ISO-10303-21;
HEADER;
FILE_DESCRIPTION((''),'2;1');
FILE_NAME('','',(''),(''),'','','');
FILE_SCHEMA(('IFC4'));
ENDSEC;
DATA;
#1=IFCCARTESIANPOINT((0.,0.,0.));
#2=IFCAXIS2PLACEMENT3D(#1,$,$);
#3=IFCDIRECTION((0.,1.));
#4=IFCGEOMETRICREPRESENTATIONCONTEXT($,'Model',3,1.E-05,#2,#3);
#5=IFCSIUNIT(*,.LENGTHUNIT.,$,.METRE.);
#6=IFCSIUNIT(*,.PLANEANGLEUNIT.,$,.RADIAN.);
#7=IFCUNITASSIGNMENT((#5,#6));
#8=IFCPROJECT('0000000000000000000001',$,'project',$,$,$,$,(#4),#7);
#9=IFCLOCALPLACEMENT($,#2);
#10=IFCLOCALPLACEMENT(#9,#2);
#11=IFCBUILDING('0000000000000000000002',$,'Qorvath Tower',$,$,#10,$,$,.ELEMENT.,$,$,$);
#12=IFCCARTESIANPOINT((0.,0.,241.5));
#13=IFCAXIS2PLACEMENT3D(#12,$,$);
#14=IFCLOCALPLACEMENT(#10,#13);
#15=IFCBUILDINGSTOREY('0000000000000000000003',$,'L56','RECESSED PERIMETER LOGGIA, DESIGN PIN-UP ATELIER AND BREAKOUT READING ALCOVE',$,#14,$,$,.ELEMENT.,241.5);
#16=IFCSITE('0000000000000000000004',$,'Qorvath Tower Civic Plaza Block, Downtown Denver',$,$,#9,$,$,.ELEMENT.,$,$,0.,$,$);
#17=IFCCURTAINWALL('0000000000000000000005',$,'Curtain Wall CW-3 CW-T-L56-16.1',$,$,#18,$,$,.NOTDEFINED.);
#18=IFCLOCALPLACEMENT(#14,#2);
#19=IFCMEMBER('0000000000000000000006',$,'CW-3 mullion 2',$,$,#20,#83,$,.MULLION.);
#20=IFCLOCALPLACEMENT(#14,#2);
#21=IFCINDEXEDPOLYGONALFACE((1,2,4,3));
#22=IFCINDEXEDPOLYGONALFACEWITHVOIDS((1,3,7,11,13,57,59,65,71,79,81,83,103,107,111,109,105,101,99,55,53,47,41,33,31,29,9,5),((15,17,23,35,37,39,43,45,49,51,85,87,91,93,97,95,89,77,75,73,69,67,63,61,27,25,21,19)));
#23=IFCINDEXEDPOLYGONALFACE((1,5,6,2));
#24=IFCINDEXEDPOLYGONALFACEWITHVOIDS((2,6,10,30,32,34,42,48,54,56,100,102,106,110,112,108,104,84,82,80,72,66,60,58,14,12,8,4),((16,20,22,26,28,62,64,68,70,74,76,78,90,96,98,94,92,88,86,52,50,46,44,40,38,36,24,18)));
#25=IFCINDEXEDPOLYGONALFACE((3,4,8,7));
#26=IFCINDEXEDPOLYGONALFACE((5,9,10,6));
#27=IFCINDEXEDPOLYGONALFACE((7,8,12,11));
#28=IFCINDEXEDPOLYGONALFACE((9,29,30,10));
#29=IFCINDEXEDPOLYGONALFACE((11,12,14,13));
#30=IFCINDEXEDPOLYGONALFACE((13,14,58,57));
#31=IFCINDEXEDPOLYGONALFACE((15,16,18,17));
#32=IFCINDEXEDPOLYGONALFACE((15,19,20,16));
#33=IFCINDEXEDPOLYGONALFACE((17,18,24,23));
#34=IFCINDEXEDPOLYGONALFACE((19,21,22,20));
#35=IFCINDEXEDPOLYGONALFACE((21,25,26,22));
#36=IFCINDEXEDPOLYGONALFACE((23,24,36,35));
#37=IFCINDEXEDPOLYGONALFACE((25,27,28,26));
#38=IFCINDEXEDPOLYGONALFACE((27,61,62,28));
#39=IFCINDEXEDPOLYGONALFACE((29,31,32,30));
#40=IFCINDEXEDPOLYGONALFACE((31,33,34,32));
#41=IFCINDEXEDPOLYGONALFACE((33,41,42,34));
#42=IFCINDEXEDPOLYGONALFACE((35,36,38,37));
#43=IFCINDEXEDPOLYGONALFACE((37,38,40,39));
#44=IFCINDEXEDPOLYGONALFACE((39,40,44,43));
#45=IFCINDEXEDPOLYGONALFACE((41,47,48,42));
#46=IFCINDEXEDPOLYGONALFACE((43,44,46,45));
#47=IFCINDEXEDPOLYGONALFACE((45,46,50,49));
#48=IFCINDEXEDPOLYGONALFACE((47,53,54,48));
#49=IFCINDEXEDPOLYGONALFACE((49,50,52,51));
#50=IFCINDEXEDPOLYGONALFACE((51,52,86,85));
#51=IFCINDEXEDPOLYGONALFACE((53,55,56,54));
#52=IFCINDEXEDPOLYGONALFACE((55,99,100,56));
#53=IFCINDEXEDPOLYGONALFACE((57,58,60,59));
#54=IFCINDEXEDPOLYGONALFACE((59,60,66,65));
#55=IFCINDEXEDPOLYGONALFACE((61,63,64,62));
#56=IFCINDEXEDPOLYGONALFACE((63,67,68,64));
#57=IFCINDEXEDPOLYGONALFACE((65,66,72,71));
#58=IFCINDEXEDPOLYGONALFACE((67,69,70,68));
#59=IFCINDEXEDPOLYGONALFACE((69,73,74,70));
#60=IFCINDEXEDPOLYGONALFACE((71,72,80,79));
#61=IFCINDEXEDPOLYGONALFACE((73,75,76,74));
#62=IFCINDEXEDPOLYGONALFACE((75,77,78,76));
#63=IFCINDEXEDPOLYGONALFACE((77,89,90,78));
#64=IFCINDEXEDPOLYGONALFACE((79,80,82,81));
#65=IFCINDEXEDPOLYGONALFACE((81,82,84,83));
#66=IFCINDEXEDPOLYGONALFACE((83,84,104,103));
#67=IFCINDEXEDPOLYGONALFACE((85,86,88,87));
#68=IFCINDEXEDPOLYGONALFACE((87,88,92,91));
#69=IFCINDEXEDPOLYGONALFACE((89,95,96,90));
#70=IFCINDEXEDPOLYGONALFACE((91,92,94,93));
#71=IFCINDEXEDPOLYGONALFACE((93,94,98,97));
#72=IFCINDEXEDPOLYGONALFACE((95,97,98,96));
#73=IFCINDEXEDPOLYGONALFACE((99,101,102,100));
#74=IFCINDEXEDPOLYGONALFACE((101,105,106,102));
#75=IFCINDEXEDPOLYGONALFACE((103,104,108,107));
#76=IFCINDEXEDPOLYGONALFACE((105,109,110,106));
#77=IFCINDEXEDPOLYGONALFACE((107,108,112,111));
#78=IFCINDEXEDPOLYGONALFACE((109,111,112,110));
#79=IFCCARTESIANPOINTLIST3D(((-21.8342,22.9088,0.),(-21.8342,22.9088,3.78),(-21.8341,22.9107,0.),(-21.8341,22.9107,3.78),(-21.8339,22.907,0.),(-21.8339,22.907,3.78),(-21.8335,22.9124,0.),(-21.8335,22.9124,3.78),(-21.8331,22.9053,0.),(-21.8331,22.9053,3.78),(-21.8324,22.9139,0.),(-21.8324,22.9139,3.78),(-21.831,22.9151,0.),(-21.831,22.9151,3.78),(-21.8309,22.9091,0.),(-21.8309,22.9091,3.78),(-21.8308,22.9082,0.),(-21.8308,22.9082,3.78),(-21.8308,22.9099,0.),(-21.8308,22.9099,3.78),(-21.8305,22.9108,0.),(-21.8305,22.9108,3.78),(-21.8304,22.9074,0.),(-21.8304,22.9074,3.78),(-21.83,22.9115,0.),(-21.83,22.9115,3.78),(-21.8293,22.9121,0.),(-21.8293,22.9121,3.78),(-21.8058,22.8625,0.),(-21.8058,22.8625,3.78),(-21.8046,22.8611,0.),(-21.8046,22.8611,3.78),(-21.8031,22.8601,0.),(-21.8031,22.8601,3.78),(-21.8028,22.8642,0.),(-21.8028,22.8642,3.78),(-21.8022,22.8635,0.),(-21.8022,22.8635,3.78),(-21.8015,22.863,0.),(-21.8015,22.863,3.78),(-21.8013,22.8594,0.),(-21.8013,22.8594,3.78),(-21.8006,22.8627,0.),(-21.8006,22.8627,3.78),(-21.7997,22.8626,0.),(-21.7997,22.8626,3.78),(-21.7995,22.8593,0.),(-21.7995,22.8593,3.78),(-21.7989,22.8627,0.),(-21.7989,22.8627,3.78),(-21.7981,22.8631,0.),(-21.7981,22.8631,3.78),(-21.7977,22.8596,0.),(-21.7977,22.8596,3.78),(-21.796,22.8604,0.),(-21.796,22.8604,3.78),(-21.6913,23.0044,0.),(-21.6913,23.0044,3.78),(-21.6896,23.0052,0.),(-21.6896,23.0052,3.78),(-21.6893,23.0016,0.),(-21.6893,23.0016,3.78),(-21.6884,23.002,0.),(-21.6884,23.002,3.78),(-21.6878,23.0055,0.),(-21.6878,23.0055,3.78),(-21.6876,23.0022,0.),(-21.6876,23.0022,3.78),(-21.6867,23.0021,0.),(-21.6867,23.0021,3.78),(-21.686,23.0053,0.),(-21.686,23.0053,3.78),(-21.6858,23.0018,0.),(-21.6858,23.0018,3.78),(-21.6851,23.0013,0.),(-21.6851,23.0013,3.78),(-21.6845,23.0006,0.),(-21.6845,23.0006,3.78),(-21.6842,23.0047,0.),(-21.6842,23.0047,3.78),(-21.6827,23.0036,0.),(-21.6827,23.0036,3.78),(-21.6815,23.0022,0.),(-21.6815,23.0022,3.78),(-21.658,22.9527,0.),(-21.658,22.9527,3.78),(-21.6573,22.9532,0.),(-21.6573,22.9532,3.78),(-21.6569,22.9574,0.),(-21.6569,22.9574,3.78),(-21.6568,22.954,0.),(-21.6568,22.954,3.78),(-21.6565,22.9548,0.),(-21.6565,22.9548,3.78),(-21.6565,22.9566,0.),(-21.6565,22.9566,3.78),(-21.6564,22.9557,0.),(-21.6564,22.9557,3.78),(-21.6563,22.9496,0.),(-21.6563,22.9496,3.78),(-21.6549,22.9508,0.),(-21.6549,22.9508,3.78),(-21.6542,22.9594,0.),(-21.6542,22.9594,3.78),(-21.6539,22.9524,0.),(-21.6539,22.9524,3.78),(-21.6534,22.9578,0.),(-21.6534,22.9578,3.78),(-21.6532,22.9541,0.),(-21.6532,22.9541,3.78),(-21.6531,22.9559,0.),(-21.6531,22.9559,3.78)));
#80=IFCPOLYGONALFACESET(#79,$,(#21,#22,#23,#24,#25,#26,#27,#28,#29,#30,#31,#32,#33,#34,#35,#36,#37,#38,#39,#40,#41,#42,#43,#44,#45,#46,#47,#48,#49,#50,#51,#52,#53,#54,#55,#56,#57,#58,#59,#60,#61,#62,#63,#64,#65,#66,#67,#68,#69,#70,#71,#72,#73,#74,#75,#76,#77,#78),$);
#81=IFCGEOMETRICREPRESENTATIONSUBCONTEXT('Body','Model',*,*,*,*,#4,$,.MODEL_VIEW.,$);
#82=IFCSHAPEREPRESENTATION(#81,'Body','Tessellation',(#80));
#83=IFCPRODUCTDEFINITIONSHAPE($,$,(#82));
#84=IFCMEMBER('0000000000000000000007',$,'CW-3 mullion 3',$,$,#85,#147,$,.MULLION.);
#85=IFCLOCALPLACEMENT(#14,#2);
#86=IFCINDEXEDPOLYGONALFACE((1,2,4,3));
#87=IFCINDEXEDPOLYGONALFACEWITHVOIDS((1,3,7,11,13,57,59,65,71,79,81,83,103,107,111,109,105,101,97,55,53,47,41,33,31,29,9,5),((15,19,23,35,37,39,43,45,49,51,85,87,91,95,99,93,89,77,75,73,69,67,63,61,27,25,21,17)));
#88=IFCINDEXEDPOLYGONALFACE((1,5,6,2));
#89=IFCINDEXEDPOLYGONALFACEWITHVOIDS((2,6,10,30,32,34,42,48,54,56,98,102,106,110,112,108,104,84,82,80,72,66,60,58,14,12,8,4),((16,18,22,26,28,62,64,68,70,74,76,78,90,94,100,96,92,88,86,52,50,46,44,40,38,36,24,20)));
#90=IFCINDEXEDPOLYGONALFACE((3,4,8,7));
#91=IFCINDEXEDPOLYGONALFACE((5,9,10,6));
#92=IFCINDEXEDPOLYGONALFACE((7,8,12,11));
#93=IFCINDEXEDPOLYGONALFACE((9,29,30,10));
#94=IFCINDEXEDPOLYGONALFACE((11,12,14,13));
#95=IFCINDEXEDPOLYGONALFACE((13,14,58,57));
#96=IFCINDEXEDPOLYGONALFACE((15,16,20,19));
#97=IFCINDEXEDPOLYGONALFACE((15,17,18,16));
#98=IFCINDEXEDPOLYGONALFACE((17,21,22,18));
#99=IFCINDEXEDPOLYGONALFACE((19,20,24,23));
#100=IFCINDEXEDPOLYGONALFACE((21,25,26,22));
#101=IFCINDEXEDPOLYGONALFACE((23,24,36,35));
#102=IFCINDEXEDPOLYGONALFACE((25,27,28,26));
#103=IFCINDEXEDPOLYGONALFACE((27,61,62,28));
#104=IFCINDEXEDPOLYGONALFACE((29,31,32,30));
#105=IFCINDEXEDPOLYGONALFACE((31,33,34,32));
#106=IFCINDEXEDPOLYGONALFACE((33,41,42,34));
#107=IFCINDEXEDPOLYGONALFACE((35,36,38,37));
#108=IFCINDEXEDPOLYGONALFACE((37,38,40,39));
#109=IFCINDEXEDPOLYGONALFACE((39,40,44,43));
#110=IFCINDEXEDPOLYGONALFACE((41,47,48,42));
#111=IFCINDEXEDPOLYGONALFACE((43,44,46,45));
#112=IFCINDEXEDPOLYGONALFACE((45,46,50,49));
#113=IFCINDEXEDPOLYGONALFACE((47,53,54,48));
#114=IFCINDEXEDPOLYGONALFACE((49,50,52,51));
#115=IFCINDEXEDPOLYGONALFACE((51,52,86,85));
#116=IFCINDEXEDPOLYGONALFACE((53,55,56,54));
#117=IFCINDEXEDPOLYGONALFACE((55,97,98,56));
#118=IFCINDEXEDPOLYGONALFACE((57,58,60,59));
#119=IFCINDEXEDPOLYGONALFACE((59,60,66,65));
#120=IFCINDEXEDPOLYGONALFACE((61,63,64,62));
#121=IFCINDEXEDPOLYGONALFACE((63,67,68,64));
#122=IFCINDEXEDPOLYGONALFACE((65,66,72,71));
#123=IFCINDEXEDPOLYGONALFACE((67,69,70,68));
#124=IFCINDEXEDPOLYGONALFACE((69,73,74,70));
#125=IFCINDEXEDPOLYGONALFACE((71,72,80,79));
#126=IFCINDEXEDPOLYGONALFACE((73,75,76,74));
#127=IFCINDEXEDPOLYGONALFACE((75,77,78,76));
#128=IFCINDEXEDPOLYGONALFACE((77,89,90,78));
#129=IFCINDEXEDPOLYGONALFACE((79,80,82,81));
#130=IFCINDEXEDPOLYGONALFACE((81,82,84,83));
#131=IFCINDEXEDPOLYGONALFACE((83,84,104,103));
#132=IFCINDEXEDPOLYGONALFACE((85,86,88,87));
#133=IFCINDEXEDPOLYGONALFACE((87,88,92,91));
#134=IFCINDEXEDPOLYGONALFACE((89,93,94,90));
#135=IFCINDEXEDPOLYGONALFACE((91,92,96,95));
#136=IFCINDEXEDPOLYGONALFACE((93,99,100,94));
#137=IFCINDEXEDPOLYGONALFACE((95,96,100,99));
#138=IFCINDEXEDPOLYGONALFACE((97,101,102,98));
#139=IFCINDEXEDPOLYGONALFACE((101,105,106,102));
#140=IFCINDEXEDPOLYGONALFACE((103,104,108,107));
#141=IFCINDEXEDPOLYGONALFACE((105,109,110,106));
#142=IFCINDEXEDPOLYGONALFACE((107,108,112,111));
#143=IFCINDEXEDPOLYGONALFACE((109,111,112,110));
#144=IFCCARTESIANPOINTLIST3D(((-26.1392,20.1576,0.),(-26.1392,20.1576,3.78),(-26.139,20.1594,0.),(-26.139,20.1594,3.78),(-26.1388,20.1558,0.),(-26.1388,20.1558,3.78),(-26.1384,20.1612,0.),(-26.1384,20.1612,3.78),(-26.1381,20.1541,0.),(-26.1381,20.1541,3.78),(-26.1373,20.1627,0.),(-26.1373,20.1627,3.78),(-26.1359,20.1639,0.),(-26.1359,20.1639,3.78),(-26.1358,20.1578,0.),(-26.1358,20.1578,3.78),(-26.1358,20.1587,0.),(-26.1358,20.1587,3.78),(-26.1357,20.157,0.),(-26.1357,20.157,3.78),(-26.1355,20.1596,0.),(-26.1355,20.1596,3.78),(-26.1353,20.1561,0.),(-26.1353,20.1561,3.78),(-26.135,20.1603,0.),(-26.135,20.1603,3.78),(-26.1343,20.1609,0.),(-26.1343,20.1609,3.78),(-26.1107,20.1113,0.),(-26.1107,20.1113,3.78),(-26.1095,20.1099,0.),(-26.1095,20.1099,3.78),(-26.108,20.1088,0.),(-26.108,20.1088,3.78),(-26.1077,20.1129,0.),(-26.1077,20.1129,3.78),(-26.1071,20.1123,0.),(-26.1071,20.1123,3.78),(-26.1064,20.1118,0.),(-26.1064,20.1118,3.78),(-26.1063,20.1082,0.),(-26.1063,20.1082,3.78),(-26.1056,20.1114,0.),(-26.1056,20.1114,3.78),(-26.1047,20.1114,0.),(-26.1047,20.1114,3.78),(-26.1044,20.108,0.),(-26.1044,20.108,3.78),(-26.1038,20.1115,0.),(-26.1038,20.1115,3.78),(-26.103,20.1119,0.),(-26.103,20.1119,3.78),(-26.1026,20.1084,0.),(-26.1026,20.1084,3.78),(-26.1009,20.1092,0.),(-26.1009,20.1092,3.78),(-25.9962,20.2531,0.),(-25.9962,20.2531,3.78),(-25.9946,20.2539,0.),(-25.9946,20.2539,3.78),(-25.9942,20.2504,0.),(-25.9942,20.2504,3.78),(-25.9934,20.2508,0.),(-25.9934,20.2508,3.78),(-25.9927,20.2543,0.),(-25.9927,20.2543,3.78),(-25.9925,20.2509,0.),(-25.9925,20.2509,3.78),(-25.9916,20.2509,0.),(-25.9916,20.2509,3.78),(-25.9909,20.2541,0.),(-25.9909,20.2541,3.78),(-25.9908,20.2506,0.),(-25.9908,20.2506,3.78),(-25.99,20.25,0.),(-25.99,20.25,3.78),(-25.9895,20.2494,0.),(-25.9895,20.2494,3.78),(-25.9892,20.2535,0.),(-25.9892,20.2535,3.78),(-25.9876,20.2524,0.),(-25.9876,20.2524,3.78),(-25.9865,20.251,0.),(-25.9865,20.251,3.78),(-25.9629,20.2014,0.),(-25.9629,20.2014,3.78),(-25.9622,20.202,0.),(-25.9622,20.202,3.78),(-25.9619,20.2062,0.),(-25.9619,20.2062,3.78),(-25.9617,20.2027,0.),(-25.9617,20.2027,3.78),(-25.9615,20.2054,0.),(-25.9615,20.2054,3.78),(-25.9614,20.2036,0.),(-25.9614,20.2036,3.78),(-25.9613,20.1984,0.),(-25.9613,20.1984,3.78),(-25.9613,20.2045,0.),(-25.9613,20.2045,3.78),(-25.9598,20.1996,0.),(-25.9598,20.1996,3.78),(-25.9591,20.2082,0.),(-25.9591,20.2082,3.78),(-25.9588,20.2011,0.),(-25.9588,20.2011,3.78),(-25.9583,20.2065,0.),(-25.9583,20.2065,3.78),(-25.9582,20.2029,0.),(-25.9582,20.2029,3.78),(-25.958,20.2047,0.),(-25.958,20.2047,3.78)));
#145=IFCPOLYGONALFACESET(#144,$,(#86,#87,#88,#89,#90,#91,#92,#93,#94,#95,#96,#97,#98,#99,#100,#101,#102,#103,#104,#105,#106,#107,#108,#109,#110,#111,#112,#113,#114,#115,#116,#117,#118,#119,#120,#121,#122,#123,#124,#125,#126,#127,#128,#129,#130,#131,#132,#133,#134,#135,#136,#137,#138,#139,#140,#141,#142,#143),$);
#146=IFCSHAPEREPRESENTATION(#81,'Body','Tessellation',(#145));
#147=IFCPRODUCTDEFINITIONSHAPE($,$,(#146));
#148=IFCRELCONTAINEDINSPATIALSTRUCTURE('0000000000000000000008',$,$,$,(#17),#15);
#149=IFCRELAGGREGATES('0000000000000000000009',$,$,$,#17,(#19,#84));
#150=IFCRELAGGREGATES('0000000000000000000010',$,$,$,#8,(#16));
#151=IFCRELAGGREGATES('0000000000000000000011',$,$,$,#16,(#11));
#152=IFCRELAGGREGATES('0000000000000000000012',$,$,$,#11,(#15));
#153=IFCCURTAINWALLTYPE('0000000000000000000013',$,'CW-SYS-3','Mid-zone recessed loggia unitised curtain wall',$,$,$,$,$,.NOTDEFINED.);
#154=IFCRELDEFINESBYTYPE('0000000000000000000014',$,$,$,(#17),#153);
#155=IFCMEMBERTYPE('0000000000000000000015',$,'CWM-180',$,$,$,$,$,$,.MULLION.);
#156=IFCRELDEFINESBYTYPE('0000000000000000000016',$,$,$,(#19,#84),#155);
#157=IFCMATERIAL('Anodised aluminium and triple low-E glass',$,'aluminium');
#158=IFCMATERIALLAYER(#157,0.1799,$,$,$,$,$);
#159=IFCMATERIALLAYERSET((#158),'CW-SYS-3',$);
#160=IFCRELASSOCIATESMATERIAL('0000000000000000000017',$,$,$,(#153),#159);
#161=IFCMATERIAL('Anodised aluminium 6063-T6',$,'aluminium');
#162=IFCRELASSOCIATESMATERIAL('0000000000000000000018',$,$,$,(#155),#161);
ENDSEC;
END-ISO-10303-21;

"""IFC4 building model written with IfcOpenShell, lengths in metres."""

from ifc_helpers import new_model, si_unit, direction, frame, origin, origin_2d, place, context, subcontext, project, spatial, hollow_rectangle, extrude, material, layer, layer_set, material_profile, profile_set, type_object, element, aggregate, save


model = new_model("IFC4")

# Units and contexts
model_context = context("Model", 3, precision=1e-05, world=origin(), true_north=direction((0.0, 1.0)))
body_context = subcontext(model_context, "Body", "Model", "MODEL_VIEW")
ifc_project = project(units=[si_unit("LENGTHUNIT", "METRE"), si_unit("PLANEANGLEUNIT", "RADIAN")], contexts=[model_context])

# Site, building, storey
site_placement = place(None, origin())
site = spatial("IfcSite", under=ifc_project, at=site_placement, Name="Qorvath Tower Civic Plaza Block, Downtown Denver", CompositionType="ELEMENT", RefElevation=0.0)
building_placement = place(site_placement, origin())
building = spatial("IfcBuilding", under=site, at=building_placement, Name="Qorvath Tower", CompositionType="ELEMENT")
storey_placement = place(building_placement, frame((0.0, 0.0, 241.5)))
storey = spatial("IfcBuildingStorey", under=building, at=storey_placement, Name="L56", Description="RECESSED PERIMETER LOGGIA, DESIGN PIN-UP ATELIER AND BREAKOUT READING ALCOVE", CompositionType="ELEMENT", Elevation=241.5)

# Curtain wall, members
ifc_material_1 = material(Name="Anodised aluminium and triple low-E glass", Category="aluminium")
ifc_layer_1 = layer(ifc_material_1, 0.1799)
ifc_layer_set_1 = layer_set([ifc_layer_1], Name="CW-SYS-3")
curtain_wall_type = type_object("IfcCurtainWallType", Name="CW-SYS-3", Description="Mid-zone recessed loggia unitised curtain wall", PredefinedType="NOTDEFINED", material=ifc_layer_set_1)
curtain_wall_1_placement = place(storey_placement, origin())
curtain_wall_1 = element("IfcCurtainWall", 1, at=curtain_wall_1_placement, inside=storey, type_object=curtain_wall_type, Name="Curtain Wall CW-3 CW-T-L56-16.1", PredefinedType="NOTDEFINED")
ifc_material_2 = material(Name="Anodised aluminium 6063-T6", Category="aluminium")
ifc_material_profile_1 = material_profile(ifc_material_2, hollow_rectangle(XDim=0.0649, YDim=0.1799, WallThickness=0.0034, InnerFilletRadius=0.0034, OuterFilletRadius=0.0071, at=origin_2d()), Name="CWM 180x65")
ifc_profile_set_1 = profile_set([ifc_material_profile_1], Name="Anodised aluminium 6063-T6")
member_type_1 = type_object("IfcMemberType", Name="CWM-180", PredefinedType="MULLION", material=ifc_profile_set_1)
member_1_placement = place(storey_placement, frame((-21.7437, 22.9324, 0.0), z_axis=(0.0, 0.0, 1.0), x_axis=(0.538527, -0.842608, 0.0)))
member_1 = element("IfcMember", 2, at=member_1_placement, type_object=member_type_1, Name="CW-3 mullion 2", PredefinedType="MULLION", context=body_context, shape_type="SweptSolid", body=[
    extrude(hollow_rectangle(XDim=0.0649, YDim=0.1799, WallThickness=0.0034, InnerFilletRadius=0.0034, OuterFilletRadius=0.0071, at=origin_2d()), origin(), (0.0, 0.0, 1.0), 3.78),
])
member_2_placement = place(storey_placement, frame((-26.0486, 20.1812, 0.0), z_axis=(0.0, 0.0, 1.0), x_axis=(0.538527, -0.842608, 0.0)))
member_2 = element("IfcMember", 3, at=member_2_placement, type_object=member_type_1, Name="CW-3 mullion 3", PredefinedType="MULLION", context=body_context, shape_type="SweptSolid", body=[
    extrude(hollow_rectangle(XDim=0.0649, YDim=0.1799, WallThickness=0.0034, InnerFilletRadius=0.0034, OuterFilletRadius=0.0071, at=origin_2d()), origin(), (0.0, 0.0, 1.0), 3.78),
])

aggregate(curtain_wall_1, [member_1, member_2])

save(model, "model.ifc")
